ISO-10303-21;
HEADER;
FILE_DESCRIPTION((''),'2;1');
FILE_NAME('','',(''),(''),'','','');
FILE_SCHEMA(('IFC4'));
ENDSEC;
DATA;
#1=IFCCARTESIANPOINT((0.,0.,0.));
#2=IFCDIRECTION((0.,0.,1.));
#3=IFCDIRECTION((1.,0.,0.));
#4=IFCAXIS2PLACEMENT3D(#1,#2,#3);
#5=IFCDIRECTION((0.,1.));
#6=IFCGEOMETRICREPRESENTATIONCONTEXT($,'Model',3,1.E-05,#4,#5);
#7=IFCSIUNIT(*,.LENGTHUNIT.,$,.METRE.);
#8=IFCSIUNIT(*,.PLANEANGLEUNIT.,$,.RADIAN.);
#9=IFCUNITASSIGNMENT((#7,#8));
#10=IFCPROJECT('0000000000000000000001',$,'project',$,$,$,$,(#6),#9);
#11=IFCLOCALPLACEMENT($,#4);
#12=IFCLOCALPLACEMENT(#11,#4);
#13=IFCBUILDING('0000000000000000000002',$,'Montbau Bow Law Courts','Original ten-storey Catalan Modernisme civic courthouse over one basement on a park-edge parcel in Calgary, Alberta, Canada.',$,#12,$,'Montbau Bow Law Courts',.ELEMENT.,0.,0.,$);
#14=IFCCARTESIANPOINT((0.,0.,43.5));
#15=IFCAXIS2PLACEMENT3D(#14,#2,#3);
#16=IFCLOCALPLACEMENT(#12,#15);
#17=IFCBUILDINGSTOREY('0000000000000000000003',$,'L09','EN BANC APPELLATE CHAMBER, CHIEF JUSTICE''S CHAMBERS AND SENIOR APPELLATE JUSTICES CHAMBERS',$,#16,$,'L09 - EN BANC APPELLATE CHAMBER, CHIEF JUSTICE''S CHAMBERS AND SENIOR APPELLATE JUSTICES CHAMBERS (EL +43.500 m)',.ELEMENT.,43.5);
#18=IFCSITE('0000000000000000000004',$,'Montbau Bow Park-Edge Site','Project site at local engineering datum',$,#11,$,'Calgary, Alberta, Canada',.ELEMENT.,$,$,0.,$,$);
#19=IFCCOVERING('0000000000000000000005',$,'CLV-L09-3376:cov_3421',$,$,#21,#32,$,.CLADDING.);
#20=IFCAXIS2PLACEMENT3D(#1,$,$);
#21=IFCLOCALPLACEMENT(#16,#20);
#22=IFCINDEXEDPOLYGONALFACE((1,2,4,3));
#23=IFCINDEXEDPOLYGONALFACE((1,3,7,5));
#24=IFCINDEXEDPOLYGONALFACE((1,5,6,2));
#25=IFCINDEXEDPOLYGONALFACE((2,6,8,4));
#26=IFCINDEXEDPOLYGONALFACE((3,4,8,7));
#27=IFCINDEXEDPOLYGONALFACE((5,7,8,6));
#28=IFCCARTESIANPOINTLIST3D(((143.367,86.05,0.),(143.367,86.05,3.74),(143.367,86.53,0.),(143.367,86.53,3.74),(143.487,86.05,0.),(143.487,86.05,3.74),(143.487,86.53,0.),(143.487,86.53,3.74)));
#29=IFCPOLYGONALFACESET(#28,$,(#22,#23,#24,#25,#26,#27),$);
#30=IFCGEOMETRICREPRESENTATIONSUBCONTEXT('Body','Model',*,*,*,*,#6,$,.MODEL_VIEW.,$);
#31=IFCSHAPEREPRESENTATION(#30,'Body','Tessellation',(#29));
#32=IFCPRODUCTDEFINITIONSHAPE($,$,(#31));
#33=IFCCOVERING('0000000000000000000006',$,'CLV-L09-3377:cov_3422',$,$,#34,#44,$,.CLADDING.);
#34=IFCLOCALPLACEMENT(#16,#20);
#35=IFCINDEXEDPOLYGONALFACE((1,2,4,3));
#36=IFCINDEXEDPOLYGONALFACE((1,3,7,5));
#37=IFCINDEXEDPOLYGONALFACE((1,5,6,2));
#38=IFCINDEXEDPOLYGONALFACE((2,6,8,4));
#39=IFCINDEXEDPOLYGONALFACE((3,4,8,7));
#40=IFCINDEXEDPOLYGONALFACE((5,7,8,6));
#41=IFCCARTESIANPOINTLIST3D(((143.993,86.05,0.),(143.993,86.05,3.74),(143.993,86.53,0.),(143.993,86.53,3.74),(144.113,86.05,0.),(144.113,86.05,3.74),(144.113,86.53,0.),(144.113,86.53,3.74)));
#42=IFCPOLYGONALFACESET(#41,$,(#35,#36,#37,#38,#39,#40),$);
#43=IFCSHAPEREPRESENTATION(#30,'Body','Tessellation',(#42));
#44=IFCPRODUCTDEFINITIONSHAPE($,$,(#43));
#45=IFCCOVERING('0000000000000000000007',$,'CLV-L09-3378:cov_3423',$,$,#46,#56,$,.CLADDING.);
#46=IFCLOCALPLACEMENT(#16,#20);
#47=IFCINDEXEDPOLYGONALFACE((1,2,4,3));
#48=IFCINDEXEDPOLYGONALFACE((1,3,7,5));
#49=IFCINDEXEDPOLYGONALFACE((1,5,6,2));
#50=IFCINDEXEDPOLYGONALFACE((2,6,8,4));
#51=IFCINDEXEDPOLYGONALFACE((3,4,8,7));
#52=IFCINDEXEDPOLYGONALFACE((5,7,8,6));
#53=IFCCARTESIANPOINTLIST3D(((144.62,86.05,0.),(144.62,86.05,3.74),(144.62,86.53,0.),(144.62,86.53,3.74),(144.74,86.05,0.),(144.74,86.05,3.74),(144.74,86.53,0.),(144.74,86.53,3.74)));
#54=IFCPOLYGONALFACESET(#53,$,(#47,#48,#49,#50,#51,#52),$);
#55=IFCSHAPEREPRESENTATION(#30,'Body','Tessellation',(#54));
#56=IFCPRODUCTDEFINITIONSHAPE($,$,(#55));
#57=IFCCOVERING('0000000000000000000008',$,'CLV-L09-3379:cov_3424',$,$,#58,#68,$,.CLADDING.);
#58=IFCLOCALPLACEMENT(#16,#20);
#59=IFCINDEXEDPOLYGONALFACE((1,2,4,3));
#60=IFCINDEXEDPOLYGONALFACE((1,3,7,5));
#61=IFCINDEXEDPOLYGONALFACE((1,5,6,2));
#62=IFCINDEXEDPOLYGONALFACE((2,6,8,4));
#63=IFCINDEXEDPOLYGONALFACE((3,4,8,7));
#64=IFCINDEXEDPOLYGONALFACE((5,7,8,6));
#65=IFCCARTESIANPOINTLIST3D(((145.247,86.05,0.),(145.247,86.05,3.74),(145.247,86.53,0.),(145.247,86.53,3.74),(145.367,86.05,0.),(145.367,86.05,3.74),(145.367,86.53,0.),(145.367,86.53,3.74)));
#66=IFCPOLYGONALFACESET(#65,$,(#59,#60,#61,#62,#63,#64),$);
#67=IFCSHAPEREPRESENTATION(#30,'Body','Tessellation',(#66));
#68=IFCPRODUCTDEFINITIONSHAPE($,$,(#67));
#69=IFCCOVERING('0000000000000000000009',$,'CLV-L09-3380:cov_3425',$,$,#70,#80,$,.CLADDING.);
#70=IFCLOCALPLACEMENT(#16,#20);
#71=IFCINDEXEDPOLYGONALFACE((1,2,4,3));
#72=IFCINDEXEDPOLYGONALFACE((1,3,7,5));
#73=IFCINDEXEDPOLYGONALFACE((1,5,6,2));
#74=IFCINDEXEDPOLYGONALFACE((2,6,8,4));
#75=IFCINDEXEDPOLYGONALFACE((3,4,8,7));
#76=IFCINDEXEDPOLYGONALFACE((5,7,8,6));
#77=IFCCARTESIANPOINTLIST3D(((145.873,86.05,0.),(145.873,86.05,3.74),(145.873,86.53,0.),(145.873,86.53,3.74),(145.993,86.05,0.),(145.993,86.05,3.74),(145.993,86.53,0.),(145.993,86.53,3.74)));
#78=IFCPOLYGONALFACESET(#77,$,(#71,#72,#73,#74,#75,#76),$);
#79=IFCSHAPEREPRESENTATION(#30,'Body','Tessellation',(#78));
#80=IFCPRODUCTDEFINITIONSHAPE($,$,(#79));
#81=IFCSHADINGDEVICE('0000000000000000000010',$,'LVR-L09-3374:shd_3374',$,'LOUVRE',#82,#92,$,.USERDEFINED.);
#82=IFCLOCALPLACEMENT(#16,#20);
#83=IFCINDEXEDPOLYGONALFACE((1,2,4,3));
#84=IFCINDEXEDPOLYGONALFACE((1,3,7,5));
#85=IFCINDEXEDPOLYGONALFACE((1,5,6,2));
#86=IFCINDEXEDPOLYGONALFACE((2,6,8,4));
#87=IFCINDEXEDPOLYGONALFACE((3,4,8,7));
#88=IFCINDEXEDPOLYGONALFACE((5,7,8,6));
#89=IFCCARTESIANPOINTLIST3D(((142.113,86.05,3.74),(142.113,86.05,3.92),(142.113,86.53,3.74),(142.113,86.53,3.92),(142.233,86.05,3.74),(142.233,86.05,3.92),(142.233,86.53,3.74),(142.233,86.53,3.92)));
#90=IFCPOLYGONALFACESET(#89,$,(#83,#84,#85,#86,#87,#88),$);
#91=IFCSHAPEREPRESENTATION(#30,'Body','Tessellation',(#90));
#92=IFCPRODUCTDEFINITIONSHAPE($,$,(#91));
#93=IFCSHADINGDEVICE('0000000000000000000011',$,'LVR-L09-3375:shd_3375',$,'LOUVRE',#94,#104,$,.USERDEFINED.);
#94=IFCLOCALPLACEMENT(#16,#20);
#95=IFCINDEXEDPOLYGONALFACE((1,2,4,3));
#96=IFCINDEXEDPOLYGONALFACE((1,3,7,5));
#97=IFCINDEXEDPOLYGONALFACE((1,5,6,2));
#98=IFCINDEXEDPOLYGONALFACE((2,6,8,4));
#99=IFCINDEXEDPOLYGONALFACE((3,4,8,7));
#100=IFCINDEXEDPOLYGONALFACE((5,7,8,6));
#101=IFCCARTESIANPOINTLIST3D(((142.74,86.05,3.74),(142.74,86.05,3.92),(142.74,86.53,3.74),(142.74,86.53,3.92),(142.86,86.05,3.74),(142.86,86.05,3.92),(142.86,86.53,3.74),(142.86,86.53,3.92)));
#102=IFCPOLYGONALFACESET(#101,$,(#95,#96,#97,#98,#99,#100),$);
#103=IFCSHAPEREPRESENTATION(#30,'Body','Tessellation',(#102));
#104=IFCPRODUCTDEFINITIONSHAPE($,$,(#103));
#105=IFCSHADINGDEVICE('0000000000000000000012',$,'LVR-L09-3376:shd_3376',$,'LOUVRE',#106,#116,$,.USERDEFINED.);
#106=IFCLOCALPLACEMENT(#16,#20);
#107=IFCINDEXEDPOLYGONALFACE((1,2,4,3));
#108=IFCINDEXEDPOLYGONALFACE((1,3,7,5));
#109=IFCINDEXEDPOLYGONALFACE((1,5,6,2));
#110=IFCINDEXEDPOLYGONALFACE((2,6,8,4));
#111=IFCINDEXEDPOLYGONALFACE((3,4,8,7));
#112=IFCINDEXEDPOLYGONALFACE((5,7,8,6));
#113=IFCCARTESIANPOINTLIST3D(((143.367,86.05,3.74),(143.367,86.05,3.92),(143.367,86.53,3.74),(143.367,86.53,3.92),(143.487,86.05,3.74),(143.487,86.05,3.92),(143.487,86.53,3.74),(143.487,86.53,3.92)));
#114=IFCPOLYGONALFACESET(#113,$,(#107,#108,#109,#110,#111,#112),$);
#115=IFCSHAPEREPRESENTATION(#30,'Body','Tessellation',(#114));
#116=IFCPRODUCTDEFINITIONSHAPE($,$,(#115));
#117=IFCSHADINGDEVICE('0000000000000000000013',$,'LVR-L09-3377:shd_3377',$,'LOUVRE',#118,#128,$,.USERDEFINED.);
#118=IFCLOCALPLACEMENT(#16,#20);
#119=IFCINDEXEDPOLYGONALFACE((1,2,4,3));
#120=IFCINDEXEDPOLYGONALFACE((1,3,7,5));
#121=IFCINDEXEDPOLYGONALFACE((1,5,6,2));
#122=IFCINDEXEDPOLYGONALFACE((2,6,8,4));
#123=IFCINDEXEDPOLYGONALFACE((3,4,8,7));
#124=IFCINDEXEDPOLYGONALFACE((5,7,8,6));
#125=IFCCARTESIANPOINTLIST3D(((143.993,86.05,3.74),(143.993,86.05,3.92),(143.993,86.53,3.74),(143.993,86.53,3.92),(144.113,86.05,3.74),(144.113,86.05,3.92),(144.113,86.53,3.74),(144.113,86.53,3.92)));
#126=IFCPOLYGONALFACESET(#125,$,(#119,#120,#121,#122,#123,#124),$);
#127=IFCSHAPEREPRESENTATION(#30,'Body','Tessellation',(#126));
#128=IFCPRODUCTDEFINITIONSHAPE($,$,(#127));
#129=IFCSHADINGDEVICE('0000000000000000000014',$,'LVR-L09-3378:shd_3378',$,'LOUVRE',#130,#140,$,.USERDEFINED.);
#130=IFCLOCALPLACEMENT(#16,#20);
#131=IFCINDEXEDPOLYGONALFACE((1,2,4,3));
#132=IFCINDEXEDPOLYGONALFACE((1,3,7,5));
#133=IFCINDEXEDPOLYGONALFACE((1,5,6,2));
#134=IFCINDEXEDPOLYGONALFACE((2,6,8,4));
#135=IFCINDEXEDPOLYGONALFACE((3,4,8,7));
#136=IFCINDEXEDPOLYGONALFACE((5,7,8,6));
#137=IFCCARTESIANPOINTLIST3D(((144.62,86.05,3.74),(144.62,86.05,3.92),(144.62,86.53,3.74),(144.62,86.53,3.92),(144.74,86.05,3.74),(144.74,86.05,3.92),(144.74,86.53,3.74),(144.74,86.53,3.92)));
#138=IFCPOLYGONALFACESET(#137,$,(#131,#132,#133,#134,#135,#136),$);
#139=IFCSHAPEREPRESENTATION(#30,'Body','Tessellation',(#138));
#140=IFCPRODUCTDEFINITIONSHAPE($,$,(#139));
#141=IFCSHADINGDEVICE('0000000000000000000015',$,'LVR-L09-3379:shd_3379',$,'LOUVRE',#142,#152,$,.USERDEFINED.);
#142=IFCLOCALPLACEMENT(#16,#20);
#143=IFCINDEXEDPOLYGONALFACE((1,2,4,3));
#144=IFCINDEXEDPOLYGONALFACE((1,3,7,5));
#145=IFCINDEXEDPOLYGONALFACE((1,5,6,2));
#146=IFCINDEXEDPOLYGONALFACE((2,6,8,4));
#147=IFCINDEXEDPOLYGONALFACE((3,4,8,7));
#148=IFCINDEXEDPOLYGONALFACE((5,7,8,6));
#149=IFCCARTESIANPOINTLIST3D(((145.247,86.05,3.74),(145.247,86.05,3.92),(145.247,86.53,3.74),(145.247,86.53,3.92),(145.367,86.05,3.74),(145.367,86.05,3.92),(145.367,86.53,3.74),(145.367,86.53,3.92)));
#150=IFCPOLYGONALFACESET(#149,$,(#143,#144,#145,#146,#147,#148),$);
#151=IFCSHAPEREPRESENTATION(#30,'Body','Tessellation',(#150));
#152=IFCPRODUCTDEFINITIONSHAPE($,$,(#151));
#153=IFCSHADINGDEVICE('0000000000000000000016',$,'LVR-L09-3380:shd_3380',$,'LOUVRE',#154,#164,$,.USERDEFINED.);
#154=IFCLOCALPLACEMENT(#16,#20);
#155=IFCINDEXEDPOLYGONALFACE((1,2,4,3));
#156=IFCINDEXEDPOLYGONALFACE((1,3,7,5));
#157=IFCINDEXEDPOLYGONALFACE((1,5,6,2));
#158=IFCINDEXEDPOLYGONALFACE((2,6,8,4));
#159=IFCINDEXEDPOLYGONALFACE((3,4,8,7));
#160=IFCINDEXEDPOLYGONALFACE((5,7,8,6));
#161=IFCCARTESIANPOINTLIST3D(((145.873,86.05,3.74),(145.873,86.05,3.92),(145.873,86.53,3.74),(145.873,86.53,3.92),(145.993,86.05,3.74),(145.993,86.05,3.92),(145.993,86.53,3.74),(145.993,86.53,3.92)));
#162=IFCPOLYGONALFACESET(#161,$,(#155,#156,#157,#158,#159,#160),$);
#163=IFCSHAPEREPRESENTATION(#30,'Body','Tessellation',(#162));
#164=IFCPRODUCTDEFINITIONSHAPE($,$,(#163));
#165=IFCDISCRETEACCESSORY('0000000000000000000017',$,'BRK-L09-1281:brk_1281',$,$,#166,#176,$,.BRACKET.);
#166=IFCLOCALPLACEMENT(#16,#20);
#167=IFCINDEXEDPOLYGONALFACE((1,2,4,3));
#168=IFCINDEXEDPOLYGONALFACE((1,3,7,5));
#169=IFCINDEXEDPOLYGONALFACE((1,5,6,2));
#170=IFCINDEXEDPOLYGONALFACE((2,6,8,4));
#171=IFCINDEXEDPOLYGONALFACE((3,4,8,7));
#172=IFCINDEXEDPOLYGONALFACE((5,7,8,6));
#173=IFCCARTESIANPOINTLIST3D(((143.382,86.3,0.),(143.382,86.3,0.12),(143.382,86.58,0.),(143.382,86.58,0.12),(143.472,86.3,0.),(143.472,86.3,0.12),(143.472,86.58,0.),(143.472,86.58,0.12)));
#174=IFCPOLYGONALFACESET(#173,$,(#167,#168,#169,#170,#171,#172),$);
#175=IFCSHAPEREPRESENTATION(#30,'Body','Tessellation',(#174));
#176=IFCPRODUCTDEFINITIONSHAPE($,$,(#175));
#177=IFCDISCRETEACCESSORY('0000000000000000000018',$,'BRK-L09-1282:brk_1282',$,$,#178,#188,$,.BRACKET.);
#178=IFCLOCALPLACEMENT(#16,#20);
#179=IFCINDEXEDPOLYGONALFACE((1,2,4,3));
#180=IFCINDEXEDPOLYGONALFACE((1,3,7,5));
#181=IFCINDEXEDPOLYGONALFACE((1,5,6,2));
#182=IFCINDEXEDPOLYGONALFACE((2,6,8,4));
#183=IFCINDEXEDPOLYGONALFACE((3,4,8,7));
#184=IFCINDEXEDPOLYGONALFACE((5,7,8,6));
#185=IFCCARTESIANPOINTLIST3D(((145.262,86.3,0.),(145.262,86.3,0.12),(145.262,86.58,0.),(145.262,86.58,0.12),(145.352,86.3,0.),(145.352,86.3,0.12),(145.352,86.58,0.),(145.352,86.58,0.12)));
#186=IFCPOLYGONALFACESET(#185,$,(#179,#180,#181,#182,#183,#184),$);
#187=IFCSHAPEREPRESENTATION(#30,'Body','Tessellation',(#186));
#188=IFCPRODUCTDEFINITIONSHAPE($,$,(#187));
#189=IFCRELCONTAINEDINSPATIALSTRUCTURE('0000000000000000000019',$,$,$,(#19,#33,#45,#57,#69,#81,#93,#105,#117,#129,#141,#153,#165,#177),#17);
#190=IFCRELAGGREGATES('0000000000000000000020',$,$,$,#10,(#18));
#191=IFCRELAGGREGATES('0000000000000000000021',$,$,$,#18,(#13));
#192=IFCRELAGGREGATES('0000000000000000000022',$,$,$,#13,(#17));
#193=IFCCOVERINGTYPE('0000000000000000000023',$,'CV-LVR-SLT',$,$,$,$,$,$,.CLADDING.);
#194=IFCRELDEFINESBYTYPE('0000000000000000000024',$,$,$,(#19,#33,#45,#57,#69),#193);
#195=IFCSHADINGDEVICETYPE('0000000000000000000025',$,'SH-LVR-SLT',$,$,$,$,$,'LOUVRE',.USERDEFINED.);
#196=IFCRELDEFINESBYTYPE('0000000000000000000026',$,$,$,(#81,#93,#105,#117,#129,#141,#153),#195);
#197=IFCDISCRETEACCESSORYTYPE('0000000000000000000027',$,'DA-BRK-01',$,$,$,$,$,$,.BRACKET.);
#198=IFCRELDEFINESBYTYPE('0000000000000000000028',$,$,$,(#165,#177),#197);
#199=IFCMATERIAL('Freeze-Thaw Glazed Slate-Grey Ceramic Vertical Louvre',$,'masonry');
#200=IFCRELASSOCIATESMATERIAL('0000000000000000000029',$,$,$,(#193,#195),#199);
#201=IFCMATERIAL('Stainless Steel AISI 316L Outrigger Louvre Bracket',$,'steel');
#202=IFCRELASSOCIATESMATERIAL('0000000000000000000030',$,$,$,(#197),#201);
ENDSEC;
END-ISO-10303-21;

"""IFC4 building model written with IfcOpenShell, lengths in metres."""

from ifc_helpers import new_model, si_unit, direction, frame, frame_2d, origin_with_axes, origin_2d_with_axis, place, context, subcontext, project, spatial, rectangle, extrude, material, type_object, element, save


model = new_model("IFC4")

# Units and contexts
model_context = context("Model", 3, precision=1e-05, world=origin_with_axes(), true_north=direction((0.0, 1.0)))
body_context = subcontext(model_context, "Body", "Model", "MODEL_VIEW")
ifc_project = project(units=[si_unit("LENGTHUNIT", "METRE"), si_unit("PLANEANGLEUNIT", "RADIAN")], contexts=[model_context])

# Site, building, storey
site_placement = place(None, origin_with_axes())
site = spatial("IfcSite", under=ifc_project, at=site_placement, Name="Montbau Bow Park-Edge Site", Description="Project site at local engineering datum", LongName="Calgary, Alberta, Canada", CompositionType="ELEMENT", RefElevation=0.0)
building_placement = place(site_placement, origin_with_axes())
building = spatial("IfcBuilding", under=site, at=building_placement, Name="Montbau Bow Law Courts", Description="Original ten-storey Catalan Modernisme civic courthouse over one basement on a park-edge parcel in Calgary, Alberta, Canada.", LongName="Montbau Bow Law Courts", CompositionType="ELEMENT", ElevationOfRefHeight=0.0, ElevationOfTerrain=0.0)
storey_placement = place(building_placement, frame((0.0, 0.0, 43.5), z_axis=(0.0, 0.0, 1.0), x_axis=(1.0, 0.0, 0.0)))
storey = spatial("IfcBuildingStorey", under=building, at=storey_placement, Name="L09", Description="EN BANC APPELLATE CHAMBER, CHIEF JUSTICE'S CHAMBERS AND SENIOR APPELLATE JUSTICES CHAMBERS", LongName="L09 - EN BANC APPELLATE CHAMBER, CHIEF JUSTICE'S CHAMBERS AND SENIOR APPELLATE JUSTICES CHAMBERS (EL +43.500 m)", CompositionType="ELEMENT", Elevation=43.5)

# Coverings
ifc_material_1 = material(Name="Freeze-Thaw Glazed Slate-Grey Ceramic Vertical Louvre", Category="masonry")
covering_type = type_object("IfcCoveringType", Name="CV-LVR-SLT", PredefinedType="CLADDING", material=ifc_material_1)
for number, where, z_axis, x_axis, name in (
    (1, (143.427, 86.53, 43.5), (-1.0, 0.0, 0.0), (0.0, -1.0, 0.0), "CLV-L09-3376:cov_3421"),
    (2, (144.053, 86.53, 43.5), (-1.0, 0.0, 0.0), (0.0, -1.0, 0.0), "CLV-L09-3377:cov_3422"),
    (3, (144.68, 86.53, 43.5), (-1.0, 0.0, 0.0), (0.0, -1.0, 0.0), "CLV-L09-3378:cov_3423"),
    (4, (145.307, 86.53, 43.5), (-1.0, 0.0, 0.0), (0.0, -1.0, 0.0), "CLV-L09-3379:cov_3424"),
    (5, (145.933, 86.53, 43.5), (-1.0, 0.0, 0.0), (0.0, -1.0, 0.0), "CLV-L09-3380:cov_3425"),
):
    element("IfcCovering", number, at=place(None, frame(where, z_axis=z_axis, x_axis=x_axis)), inside=storey, type_object=covering_type, Name=name, PredefinedType="CLADDING", context=body_context, shape_type="SweptSolid", body=[
        extrude(rectangle(XDim=0.48, YDim=3.74, at=frame_2d((0.24, 1.87), x_axis=(1.0, 0.0))), frame((0.0, 0.0, -0.06), z_axis=(0.0, 0.0, 1.0), x_axis=(1.0, 0.0, 0.0)), (0.0, 0.0, 1.0), 0.12),
    ])

# Shading devices
shading_device_type = type_object("IfcShadingDeviceType", Name="SH-LVR-SLT", ElementType="LOUVRE", PredefinedType="USERDEFINED", material=ifc_material_1)
for number, where, z_axis, x_axis, name in (
    (6, (142.173, 86.29, 47.24), (0.0, 0.0, 1.0), (0.0, -1.0, 0.0), "LVR-L09-3374:shd_3374"),
    (7, (142.8, 86.29, 47.24), (0.0, 0.0, 1.0), (0.0, -1.0, 0.0), "LVR-L09-3375:shd_3375"),
    (8, (143.427, 86.29, 47.24), (0.0, 0.0, 1.0), (0.0, -1.0, 0.0), "LVR-L09-3376:shd_3376"),
    (9, (144.053, 86.29, 47.24), (0.0, 0.0, 1.0), (0.0, -1.0, 0.0), "LVR-L09-3377:shd_3377"),
    (10, (144.68, 86.29, 47.24), (0.0, 0.0, 1.0), (0.0, -1.0, 0.0), "LVR-L09-3378:shd_3378"),
    (11, (145.307, 86.29, 47.24), (0.0, 0.0, 1.0), (0.0, -1.0, 0.0), "LVR-L09-3379:shd_3379"),
    (12, (145.933, 86.29, 47.24), (0.0, 0.0, 1.0), (0.0, -1.0, 0.0), "LVR-L09-3380:shd_3380"),
):
    element("IfcShadingDevice", number, at=place(None, frame(where, z_axis=z_axis, x_axis=x_axis)), inside=storey, type_object=shading_device_type, Name=name, ObjectType="LOUVRE", PredefinedType="USERDEFINED", context=body_context, shape_type="SweptSolid", body=[
        extrude(rectangle(XDim=0.48, YDim=0.12, at=origin_2d_with_axis()), origin_with_axes(), (0.0, 0.0, 1.0), 0.18),
    ])

# Discrete accessories
ifc_material_2 = material(Name="Stainless Steel AISI 316L Outrigger Louvre Bracket", Category="steel")
discrete_accessory_type = type_object("IfcDiscreteAccessoryType", Name="DA-BRK-01", PredefinedType="BRACKET", material=ifc_material_2)
for number, where, z_axis, x_axis, name in (
    (13, (143.427, 86.44, 43.5), (0.0, 0.0, 1.0), (0.0, -1.0, 0.0), "BRK-L09-1281:brk_1281"),
    (14, (145.307, 86.44, 43.5), (0.0, 0.0, 1.0), (0.0, -1.0, 0.0), "BRK-L09-1282:brk_1282"),
):
    element("IfcDiscreteAccessory", number, at=place(None, frame(where, z_axis=z_axis, x_axis=x_axis)), inside=storey, type_object=discrete_accessory_type, Name=name, PredefinedType="BRACKET", context=body_context, shape_type="SweptSolid", body=[
        extrude(rectangle(XDim=0.28, YDim=0.09, at=origin_2d_with_axis()), origin_with_axes(), (0.0, 0.0, 1.0), 0.12),
    ])

save(model, "model.ifc")
